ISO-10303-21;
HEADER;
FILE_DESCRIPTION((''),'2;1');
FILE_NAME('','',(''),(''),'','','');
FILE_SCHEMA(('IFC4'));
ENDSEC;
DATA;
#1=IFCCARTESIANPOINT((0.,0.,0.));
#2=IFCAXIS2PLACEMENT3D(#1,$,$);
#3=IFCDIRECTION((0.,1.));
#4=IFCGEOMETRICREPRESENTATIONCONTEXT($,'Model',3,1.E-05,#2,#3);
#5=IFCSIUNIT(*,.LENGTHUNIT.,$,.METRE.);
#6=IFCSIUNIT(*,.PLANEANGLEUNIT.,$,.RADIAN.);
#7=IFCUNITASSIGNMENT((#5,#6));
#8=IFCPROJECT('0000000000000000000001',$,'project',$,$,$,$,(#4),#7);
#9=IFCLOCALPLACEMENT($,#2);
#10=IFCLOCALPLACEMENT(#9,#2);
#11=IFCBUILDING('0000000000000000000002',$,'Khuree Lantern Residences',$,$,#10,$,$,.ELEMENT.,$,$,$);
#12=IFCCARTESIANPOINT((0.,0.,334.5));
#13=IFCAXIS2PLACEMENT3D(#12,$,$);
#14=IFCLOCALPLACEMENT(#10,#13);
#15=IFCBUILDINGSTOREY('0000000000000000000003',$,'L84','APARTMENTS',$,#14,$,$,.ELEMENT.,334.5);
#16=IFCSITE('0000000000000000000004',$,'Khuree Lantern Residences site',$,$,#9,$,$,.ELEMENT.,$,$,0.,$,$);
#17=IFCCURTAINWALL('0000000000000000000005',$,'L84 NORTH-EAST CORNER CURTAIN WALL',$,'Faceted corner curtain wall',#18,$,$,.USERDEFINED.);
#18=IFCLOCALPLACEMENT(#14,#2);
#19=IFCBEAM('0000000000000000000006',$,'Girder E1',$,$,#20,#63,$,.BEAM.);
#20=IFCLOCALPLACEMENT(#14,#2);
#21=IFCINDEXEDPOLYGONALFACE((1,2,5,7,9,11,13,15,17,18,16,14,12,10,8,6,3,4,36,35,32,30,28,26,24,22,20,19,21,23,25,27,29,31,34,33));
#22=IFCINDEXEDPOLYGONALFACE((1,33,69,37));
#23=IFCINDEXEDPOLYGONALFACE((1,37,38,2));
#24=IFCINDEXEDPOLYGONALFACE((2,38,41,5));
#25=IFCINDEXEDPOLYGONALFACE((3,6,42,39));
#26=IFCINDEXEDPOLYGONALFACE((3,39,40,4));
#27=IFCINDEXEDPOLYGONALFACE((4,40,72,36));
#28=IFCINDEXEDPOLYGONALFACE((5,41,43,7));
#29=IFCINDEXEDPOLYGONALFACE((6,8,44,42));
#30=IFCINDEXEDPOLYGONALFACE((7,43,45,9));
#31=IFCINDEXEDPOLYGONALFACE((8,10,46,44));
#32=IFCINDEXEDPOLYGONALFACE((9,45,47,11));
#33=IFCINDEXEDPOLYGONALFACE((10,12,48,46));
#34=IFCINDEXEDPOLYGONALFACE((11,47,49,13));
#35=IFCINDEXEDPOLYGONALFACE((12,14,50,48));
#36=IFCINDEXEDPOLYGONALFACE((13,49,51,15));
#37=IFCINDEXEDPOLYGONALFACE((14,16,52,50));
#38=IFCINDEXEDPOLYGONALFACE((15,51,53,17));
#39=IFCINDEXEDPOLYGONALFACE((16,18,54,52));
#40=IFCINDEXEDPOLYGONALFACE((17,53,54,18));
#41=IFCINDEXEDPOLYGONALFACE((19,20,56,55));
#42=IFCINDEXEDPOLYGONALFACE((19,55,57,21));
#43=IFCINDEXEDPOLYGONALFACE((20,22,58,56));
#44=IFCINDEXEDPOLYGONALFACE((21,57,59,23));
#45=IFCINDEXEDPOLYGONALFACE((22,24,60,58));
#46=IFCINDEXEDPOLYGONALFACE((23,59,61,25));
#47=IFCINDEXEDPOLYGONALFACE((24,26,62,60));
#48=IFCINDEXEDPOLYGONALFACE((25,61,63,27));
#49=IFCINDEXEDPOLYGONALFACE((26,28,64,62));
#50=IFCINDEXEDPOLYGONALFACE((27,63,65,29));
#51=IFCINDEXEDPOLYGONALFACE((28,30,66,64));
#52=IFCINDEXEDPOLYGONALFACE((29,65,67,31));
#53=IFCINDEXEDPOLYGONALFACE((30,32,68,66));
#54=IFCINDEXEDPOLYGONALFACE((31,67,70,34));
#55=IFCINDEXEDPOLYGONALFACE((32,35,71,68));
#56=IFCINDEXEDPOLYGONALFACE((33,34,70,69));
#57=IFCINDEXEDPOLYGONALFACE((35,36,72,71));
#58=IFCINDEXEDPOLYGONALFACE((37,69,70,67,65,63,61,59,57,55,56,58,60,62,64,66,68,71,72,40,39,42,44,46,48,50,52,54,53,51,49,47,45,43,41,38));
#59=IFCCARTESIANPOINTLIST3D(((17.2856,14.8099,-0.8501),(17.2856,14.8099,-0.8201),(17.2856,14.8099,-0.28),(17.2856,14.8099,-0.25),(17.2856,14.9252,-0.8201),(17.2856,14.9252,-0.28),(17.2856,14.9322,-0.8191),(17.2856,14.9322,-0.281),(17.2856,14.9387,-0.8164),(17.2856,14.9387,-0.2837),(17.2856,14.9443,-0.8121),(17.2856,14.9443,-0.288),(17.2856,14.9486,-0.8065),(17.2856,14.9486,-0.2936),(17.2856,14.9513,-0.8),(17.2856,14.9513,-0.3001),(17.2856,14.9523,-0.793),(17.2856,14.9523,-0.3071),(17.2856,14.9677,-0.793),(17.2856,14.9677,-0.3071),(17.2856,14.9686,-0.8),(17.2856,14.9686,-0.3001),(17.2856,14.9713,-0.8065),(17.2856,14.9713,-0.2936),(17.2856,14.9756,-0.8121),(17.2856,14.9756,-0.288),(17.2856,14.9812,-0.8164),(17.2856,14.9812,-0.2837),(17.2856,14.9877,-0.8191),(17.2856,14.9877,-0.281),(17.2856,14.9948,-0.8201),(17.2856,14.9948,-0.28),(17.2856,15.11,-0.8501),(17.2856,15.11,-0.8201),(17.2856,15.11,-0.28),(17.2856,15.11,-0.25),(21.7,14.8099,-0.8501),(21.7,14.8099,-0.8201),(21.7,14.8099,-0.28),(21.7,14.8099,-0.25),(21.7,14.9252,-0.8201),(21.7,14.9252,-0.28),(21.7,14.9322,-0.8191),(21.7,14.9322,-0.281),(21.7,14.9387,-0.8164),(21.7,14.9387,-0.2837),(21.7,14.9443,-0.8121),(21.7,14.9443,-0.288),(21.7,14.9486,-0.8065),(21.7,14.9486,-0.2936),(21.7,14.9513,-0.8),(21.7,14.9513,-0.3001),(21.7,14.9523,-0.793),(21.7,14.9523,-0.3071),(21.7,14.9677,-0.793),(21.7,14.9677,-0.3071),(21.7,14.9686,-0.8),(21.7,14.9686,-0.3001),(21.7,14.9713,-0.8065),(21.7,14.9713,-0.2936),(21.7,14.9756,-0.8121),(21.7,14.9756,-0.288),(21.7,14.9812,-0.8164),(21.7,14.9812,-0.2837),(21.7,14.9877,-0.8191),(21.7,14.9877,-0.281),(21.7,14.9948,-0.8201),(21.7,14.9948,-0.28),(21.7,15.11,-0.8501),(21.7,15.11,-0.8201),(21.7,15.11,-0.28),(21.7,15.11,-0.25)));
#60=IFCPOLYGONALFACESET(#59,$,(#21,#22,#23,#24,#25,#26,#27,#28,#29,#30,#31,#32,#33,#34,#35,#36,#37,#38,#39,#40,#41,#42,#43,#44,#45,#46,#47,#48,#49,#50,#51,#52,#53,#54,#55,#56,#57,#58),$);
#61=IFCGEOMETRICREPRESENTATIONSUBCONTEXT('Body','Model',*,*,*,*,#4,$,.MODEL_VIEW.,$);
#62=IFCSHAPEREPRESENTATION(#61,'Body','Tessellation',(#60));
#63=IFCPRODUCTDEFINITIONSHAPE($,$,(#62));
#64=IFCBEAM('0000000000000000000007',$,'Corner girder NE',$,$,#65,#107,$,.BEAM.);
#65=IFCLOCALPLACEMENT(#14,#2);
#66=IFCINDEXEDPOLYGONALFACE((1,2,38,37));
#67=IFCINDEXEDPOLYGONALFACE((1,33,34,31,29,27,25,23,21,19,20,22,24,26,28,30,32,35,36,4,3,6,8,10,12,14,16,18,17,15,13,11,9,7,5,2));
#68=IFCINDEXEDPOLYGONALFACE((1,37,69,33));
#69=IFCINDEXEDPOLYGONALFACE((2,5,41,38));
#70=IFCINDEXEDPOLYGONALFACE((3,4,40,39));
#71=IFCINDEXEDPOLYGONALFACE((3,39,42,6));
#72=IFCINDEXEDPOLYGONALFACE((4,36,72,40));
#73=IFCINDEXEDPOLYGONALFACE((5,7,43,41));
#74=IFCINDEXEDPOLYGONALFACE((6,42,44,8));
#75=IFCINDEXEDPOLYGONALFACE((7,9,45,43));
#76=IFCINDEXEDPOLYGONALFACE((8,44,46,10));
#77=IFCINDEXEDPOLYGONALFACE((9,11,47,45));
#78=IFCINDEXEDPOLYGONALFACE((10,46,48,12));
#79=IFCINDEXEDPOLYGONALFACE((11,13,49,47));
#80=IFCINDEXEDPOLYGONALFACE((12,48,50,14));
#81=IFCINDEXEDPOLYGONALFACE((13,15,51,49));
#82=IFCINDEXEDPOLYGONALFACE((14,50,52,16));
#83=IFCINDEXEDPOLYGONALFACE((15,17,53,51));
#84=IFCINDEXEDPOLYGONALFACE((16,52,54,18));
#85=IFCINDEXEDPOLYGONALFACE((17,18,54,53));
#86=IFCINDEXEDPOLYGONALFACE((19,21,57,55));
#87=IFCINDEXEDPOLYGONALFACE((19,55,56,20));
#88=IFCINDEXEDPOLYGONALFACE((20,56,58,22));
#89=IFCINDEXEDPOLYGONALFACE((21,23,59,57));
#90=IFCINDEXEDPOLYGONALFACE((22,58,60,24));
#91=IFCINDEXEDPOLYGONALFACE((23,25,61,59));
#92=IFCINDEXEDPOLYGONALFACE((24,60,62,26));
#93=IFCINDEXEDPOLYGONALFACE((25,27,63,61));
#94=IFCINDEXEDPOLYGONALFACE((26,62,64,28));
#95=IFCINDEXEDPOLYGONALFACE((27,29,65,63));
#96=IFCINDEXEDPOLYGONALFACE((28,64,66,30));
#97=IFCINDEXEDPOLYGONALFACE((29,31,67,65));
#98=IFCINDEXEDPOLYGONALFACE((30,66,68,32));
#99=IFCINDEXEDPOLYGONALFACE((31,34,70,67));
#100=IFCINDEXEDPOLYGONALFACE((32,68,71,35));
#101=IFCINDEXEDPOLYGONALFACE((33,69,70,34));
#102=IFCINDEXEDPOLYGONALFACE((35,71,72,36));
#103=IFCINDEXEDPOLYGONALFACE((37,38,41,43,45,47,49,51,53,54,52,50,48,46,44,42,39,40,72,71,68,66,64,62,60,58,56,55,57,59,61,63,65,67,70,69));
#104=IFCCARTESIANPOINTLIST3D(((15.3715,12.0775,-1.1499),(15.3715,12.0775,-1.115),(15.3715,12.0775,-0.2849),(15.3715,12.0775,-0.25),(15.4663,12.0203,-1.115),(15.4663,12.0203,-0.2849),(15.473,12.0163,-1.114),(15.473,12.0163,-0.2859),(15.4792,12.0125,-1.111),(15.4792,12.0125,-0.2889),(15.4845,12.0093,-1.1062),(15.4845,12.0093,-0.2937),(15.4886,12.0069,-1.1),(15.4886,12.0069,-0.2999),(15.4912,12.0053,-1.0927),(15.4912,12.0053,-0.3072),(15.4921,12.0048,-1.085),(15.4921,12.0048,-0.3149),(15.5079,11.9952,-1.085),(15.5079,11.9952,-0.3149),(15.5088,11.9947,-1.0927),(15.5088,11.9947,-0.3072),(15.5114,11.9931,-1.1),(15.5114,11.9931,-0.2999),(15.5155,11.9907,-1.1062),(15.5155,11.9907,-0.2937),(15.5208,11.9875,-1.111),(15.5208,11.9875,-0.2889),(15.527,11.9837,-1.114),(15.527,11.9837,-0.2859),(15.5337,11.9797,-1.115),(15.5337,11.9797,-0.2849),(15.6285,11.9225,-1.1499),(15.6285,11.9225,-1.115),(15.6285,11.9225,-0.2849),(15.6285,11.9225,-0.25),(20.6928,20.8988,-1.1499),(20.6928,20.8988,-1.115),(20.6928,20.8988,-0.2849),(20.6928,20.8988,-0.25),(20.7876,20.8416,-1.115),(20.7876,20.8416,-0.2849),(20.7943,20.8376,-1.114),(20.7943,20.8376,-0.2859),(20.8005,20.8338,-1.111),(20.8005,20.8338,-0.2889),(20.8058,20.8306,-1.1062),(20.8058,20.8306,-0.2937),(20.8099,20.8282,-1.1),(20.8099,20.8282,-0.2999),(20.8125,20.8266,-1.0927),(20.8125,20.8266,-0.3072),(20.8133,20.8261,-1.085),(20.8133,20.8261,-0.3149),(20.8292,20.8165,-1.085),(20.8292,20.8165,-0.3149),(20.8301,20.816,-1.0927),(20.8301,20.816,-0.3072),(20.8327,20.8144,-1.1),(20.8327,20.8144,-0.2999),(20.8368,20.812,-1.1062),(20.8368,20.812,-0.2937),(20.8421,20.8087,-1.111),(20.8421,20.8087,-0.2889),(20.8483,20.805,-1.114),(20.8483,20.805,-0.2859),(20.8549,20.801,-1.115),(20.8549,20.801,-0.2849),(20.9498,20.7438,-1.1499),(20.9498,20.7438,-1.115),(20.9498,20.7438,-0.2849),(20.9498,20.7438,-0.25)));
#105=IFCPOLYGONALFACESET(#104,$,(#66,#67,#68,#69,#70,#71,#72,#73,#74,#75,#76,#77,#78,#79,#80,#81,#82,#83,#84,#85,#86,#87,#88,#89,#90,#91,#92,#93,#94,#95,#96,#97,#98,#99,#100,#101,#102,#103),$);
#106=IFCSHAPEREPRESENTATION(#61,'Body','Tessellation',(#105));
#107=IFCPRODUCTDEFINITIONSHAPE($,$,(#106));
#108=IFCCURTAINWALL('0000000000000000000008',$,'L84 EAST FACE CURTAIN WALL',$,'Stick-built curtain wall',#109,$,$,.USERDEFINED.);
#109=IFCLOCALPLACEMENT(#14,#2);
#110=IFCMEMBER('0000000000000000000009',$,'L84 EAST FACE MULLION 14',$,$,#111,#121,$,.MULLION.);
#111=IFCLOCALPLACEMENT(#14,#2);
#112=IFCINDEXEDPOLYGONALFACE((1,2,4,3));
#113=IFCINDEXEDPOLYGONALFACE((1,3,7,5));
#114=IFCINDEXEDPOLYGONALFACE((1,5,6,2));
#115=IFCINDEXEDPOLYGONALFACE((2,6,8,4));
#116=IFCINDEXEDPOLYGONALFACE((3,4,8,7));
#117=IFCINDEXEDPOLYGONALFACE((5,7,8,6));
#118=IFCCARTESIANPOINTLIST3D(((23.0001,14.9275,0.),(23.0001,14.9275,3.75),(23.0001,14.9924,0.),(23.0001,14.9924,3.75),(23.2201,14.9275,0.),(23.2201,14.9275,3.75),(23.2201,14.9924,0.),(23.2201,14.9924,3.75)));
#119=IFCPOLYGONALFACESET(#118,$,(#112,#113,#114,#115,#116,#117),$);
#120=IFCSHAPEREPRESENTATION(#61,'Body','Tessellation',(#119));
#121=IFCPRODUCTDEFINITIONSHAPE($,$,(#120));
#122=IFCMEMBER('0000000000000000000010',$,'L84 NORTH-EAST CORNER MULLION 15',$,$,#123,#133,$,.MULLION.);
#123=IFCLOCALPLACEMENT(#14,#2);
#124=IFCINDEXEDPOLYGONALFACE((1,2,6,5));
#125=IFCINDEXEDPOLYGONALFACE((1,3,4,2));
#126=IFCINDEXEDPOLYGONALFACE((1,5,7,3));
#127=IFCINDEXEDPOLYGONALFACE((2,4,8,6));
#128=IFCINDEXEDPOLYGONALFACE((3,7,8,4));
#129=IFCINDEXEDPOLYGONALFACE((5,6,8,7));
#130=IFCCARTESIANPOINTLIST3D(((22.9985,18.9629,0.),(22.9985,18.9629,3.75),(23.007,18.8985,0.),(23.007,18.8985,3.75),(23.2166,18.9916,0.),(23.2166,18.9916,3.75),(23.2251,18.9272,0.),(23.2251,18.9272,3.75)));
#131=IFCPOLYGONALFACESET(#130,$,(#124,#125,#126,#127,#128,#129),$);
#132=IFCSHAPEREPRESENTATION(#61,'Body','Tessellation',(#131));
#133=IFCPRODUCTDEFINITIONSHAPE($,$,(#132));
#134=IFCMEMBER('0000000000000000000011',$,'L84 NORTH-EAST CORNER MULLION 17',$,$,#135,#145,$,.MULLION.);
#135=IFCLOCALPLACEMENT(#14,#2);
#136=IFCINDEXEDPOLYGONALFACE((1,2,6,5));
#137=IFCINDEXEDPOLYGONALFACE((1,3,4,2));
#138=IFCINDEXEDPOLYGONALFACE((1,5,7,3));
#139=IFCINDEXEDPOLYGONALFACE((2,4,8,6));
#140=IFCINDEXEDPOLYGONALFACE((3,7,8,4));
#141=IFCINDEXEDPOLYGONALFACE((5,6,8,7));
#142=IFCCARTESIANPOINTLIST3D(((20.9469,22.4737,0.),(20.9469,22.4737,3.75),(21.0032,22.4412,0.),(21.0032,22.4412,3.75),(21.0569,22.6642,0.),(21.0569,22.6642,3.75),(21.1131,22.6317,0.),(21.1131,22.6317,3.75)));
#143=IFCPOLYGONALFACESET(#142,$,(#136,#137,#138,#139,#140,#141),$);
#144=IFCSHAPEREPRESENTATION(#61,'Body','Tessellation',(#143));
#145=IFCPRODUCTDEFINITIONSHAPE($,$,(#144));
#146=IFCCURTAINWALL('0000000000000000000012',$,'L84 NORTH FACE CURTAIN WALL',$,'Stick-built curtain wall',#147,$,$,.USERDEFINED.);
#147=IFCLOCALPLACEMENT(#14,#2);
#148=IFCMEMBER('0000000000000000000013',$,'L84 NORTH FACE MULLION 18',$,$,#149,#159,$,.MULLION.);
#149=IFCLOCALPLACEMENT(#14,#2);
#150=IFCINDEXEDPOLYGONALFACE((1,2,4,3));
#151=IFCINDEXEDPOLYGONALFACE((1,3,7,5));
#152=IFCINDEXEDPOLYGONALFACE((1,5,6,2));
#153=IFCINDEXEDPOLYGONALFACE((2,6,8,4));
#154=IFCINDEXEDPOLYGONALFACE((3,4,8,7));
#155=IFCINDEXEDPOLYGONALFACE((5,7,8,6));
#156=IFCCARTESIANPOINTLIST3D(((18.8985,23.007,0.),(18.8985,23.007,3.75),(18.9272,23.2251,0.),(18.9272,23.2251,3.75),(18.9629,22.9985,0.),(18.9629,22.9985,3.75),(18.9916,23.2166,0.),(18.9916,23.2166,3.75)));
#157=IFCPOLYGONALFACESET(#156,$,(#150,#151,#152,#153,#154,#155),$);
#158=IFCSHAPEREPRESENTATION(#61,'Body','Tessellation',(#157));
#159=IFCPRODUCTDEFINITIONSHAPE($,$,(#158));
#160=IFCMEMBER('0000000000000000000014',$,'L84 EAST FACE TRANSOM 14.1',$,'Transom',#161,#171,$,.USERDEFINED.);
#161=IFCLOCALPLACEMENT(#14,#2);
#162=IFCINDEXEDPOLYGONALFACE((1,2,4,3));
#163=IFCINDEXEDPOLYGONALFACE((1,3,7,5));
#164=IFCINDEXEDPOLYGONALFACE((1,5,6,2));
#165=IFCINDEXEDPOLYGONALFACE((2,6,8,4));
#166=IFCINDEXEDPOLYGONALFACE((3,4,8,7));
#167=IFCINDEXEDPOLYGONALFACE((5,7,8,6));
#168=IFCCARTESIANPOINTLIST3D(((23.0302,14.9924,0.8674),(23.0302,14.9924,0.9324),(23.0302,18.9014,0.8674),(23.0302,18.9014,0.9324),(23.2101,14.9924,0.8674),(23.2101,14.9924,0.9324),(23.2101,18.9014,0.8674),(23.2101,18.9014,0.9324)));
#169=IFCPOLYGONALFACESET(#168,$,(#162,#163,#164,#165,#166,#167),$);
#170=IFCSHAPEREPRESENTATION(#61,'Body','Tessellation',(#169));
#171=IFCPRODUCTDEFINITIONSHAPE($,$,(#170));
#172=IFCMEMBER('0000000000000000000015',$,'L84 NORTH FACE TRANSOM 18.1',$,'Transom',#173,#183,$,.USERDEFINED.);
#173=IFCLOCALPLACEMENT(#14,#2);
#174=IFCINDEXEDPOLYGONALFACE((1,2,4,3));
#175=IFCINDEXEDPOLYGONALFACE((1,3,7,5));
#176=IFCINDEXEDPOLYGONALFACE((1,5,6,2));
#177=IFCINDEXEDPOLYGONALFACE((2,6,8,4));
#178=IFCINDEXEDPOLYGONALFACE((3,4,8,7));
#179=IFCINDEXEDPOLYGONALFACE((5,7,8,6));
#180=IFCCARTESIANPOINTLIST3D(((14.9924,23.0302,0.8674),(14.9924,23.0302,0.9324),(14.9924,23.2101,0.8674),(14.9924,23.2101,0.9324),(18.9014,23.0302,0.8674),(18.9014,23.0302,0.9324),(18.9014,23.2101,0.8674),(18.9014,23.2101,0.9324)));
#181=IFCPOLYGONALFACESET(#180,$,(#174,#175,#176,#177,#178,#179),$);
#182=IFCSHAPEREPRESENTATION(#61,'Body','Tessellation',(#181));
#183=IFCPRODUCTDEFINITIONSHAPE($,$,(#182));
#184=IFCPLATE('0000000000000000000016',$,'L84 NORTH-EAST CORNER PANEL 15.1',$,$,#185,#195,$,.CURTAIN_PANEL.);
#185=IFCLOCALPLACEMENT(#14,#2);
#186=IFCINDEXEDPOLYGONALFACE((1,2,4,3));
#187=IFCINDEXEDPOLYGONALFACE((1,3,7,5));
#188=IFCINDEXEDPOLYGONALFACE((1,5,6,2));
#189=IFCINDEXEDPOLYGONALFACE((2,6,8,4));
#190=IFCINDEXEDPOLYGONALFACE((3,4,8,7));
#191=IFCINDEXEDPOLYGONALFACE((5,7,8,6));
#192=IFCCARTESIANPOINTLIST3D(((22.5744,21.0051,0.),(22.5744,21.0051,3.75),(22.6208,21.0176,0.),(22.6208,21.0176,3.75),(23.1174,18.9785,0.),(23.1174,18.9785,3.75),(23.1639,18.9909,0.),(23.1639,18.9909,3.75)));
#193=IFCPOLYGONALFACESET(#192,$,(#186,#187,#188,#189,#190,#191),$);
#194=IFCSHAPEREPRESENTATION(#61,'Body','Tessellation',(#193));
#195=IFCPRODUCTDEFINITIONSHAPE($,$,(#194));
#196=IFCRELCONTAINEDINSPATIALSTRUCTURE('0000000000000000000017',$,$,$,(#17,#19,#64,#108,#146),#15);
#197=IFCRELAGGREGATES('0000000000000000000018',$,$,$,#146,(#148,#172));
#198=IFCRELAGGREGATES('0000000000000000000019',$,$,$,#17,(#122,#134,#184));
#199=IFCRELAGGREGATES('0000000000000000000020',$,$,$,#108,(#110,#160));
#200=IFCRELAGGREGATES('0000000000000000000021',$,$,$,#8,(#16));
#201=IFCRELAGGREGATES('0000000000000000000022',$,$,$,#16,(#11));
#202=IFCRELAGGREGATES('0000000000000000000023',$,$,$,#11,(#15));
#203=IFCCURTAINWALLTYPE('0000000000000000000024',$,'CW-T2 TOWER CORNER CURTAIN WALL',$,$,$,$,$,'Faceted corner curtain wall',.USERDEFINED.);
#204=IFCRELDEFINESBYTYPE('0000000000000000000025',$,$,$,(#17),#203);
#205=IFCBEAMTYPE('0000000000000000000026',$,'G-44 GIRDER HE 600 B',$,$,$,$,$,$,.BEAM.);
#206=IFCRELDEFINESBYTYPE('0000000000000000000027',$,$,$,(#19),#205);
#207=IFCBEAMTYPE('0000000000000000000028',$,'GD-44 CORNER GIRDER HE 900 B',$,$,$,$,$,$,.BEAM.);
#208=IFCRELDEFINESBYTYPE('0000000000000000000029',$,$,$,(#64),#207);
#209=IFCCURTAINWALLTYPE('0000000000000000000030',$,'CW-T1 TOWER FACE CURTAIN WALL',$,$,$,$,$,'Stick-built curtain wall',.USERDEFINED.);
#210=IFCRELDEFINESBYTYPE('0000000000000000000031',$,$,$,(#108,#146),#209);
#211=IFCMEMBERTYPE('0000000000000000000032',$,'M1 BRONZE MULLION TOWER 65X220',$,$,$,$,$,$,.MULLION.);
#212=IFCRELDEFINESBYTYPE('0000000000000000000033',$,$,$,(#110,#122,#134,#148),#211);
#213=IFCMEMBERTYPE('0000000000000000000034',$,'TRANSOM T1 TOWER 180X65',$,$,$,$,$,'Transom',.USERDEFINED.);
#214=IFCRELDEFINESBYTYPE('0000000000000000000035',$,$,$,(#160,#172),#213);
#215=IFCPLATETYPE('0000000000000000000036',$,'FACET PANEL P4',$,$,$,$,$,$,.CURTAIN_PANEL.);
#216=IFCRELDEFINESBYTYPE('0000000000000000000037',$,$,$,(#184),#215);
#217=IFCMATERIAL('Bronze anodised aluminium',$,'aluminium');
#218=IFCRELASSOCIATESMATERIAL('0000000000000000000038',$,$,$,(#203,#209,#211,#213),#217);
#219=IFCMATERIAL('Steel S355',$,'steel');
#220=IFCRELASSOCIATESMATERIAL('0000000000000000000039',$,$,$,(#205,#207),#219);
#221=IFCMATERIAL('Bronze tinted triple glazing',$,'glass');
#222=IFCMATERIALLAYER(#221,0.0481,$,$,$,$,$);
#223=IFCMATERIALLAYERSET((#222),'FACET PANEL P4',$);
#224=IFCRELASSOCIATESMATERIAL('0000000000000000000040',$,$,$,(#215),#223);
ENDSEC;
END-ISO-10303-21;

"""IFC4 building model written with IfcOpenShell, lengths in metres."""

from ifc_helpers import new_model, si_unit, direction, frame, origin, origin_2d, place, context, subcontext, project, spatial, rectangle, i_section, extrude, material, layer, layer_set, material_profile, profile_set, type_object, element, aggregate, save


model = new_model("IFC4")

# Units and contexts
model_context = context("Model", 3, precision=1e-05, world=origin(), true_north=direction((0.0, 1.0)))
body_context = subcontext(model_context, "Body", "Model", "MODEL_VIEW")
ifc_project = project(units=[si_unit("LENGTHUNIT", "METRE"), si_unit("PLANEANGLEUNIT", "RADIAN")], contexts=[model_context])

# Site, building, storey
site_placement = place(None, origin())
site = spatial("IfcSite", under=ifc_project, at=site_placement, Name="Khuree Lantern Residences site", CompositionType="ELEMENT", RefElevation=0.0)
building_placement = place(site_placement, origin())
building = spatial("IfcBuilding", under=site, at=building_placement, Name="Khuree Lantern Residences", CompositionType="ELEMENT")
storey_placement = place(building_placement, frame((0.0, 0.0, 334.5)))
storey = spatial("IfcBuildingStorey", under=building, at=storey_placement, Name="L84", Description="APARTMENTS", CompositionType="ELEMENT", Elevation=334.5)

# Shared definitions
ifc_material_1 = material(Name="Steel S355", Category="steel")

# Curtain wall
ifc_material_2 = material(Name="Bronze anodised aluminium", Category="aluminium")
curtain_wall_type_1 = type_object("IfcCurtainWallType", Name="CW-T2 TOWER CORNER CURTAIN WALL", ElementType="Faceted corner curtain wall", PredefinedType="USERDEFINED", material=ifc_material_2)
curtain_wall_1_placement = place(storey_placement, origin())
curtain_wall_1 = element("IfcCurtainWall", 1, at=curtain_wall_1_placement, inside=storey, type_object=curtain_wall_type_1, Name="L84 NORTH-EAST CORNER CURTAIN WALL", ObjectType="Faceted corner curtain wall", PredefinedType="USERDEFINED")

# Beams
ifc_material_profile_1 = material_profile(ifc_material_1, i_section(OverallWidth=0.3, OverallDepth=0.6001, WebThickness=0.0154, FlangeThickness=0.03, FilletRadius=0.0271, at=origin_2d()), Name="HE 600 B")
ifc_profile_set_1 = profile_set([ifc_material_profile_1], Name="Steel S355")
beam_type_1 = type_object("IfcBeamType", Name="G-44 GIRDER HE 600 B", PredefinedType="BEAM", material=ifc_profile_set_1)
beam_1_placement = place(storey_placement, frame((21.7, 14.96, -0.55), z_axis=(-1.0, 0.0, 0.0), x_axis=(0.0, -1.0, 0.0)))
element("IfcBeam", 2, at=beam_1_placement, inside=storey, type_object=beam_type_1, Name="Girder E1", PredefinedType="BEAM", context=body_context, shape_type="SweptSolid", body=[
    extrude(i_section(OverallWidth=0.3, OverallDepth=0.6001, WebThickness=0.0154, FlangeThickness=0.03, FilletRadius=0.0271, at=origin_2d()), origin(), (0.0, 0.0, 1.0), 4.4143),
])
ifc_material_profile_2 = material_profile(ifc_material_1, i_section(OverallWidth=0.3, OverallDepth=0.8999, WebThickness=0.0186, FlangeThickness=0.0349, FilletRadius=0.03, at=origin_2d()), Name="HE 900 B")
ifc_profile_set_2 = profile_set([ifc_material_profile_2], Name="Steel S355")
beam_type_2 = type_object("IfcBeamType", Name="GD-44 CORNER GIRDER HE 900 B", PredefinedType="BEAM", material=ifc_profile_set_2)
beam_2_placement = place(storey_placement, frame((20.8213, 20.8213, -0.7), z_axis=(-0.51653, -0.856269, 0.0), x_axis=(0.856269, -0.51653, 0.0)))
element("IfcBeam", 3, at=beam_2_placement, inside=storey, type_object=beam_type_2, Name="Corner girder NE", PredefinedType="BEAM", context=body_context, shape_type="SweptSolid", body=[
    extrude(i_section(OverallWidth=0.3, OverallDepth=0.8999, WebThickness=0.0186, FlangeThickness=0.0349, FilletRadius=0.03, at=origin_2d()), origin(), (0.0, 0.0, 1.0), 10.302),
])

# Curtain wall, member
curtain_wall_type_2 = type_object("IfcCurtainWallType", Name="CW-T1 TOWER FACE CURTAIN WALL", ElementType="Stick-built curtain wall", PredefinedType="USERDEFINED", material=ifc_material_2)
curtain_wall_2_placement = place(storey_placement, origin())
curtain_wall_2 = element("IfcCurtainWall", 4, at=curtain_wall_2_placement, inside=storey, type_object=curtain_wall_type_2, Name="L84 EAST FACE CURTAIN WALL", ObjectType="Stick-built curtain wall", PredefinedType="USERDEFINED")
ifc_material_profile_3 = material_profile(ifc_material_2, rectangle(XDim=0.0649, YDim=0.22, at=origin_2d()), Name="M1 65X220")
ifc_profile_set_3 = profile_set([ifc_material_profile_3], Name="Bronze anodised aluminium")
member_type_1 = type_object("IfcMemberType", Name="M1 BRONZE MULLION TOWER 65X220", PredefinedType="MULLION", material=ifc_profile_set_3)
member_1_placement = place(storey_placement, frame((23.1101, 14.96, 0.0), z_axis=(0.0, 0.0, 1.0), x_axis=(0.0, 1.0, 0.0)))
member_1 = element("IfcMember", 5, at=member_1_placement, type_object=member_type_1, Name="L84 EAST FACE MULLION 14", PredefinedType="MULLION", context=body_context, shape_type="SweptSolid", body=[
    extrude(rectangle(XDim=0.0649, YDim=0.22, at=origin_2d()), origin(), (0.0, 0.0, 1.0), 3.75),
])

# Members
member_2_placement = place(storey_placement, frame((23.1118, 18.9451, 0.0), z_axis=(0.0, 0.0, 1.0), x_axis=(-0.130526, 0.991445, 0.0)))
member_2 = element("IfcMember", 6, at=member_2_placement, type_object=member_type_1, Name="L84 NORTH-EAST CORNER MULLION 15", PredefinedType="MULLION", context=body_context, shape_type="SweptSolid", body=[
    extrude(rectangle(XDim=0.0649, YDim=0.22, at=origin_2d()), origin(), (0.0, 0.0, 1.0), 3.75),
])
member_3_placement = place(storey_placement, frame((21.03, 22.5527, 0.0), z_axis=(0.0, 0.0, 1.0), x_axis=(-0.866025, 0.5, 0.0)))
member_3 = element("IfcMember", 7, at=member_3_placement, type_object=member_type_1, Name="L84 NORTH-EAST CORNER MULLION 17", PredefinedType="MULLION", context=body_context, shape_type="SweptSolid", body=[
    extrude(rectangle(XDim=0.0649, YDim=0.22, at=origin_2d()), origin(), (0.0, 0.0, 1.0), 3.75),
])

# Curtain wall, member
curtain_wall_3_placement = place(storey_placement, origin())
curtain_wall_3 = element("IfcCurtainWall", 8, at=curtain_wall_3_placement, inside=storey, type_object=curtain_wall_type_2, Name="L84 NORTH FACE CURTAIN WALL", ObjectType="Stick-built curtain wall", PredefinedType="USERDEFINED")
member_4_placement = place(storey_placement, frame((18.9451, 23.1118, 0.0), z_axis=(0.0, 0.0, 1.0), x_axis=(-0.991445, 0.130526, 0.0)))
member_4 = element("IfcMember", 9, at=member_4_placement, type_object=member_type_1, Name="L84 NORTH FACE MULLION 18", PredefinedType="MULLION", context=body_context, shape_type="SweptSolid", body=[
    extrude(rectangle(XDim=0.0649, YDim=0.22, at=origin_2d()), origin(), (0.0, 0.0, 1.0), 3.75),
])

# Members
ifc_material_profile_4 = material_profile(ifc_material_2, rectangle(XDim=0.1799, YDim=0.0649, at=origin_2d()), Name="T1 180X65")
ifc_profile_set_4 = profile_set([ifc_material_profile_4], Name="Bronze anodised aluminium")
member_type_2 = type_object("IfcMemberType", Name="TRANSOM T1 TOWER 180X65", ElementType="Transom", PredefinedType="USERDEFINED", material=ifc_profile_set_4)
member_5_placement = place(storey_placement, frame((23.1201, 14.9924, 0.8999), z_axis=(0.0, 1.0, 0.0), x_axis=(-1.0, 0.0, 0.0)))
member_5 = element("IfcMember", 10, at=member_5_placement, type_object=member_type_2, Name="L84 EAST FACE TRANSOM 14.1", ObjectType="Transom", PredefinedType="USERDEFINED", context=body_context, shape_type="SweptSolid", body=[
    extrude(rectangle(XDim=0.1799, YDim=0.0649, at=origin_2d()), origin(), (0.0, 0.0, 1.0), 3.9089),
])
member_6_placement = place(storey_placement, frame((18.9014, 23.1201, 0.8999), z_axis=(-1.0, 0.0, 0.0), x_axis=(0.0, -1.0, 0.0)))
member_6 = element("IfcMember", 11, at=member_6_placement, type_object=member_type_2, Name="L84 NORTH FACE TRANSOM 18.1", ObjectType="Transom", PredefinedType="USERDEFINED", context=body_context, shape_type="SweptSolid", body=[
    extrude(rectangle(XDim=0.1799, YDim=0.0649, at=origin_2d()), origin(), (0.0, 0.0, 1.0), 3.9089),
])
aggregate(curtain_wall_3, [member_4, member_6])

# Plate
ifc_material_3 = material(Name="Bronze tinted triple glazing", Category="glass")
ifc_layer_1 = layer(ifc_material_3, 0.0481)
ifc_layer_set_1 = layer_set([ifc_layer_1], Name="FACET PANEL P4")
plate_type_1 = type_object("IfcPlateType", Name="FACET PANEL P4", PredefinedType="CURTAIN_PANEL", material=ifc_layer_set_1)
plate_1_placement = place(storey_placement, frame((22.8691, 19.998, 0.0), z_axis=(0.0, 0.0, 1.0), x_axis=(-0.258819, 0.965926, 0.0)))
plate_1 = element("IfcPlate", 12, at=plate_1_placement, type_object=plate_type_1, Name="L84 NORTH-EAST CORNER PANEL 15.1", PredefinedType="CURTAIN_PANEL", context=body_context, shape_type="SweptSolid", body=[
    extrude(rectangle(XDim=2.0981, YDim=0.0481, at=origin_2d()), origin(), (0.0, 0.0, 1.0), 3.75),
])
aggregate(curtain_wall_1, [member_2, member_3, plate_1])
aggregate(curtain_wall_2, [member_1, member_5])

save(model, "model.ifc")
